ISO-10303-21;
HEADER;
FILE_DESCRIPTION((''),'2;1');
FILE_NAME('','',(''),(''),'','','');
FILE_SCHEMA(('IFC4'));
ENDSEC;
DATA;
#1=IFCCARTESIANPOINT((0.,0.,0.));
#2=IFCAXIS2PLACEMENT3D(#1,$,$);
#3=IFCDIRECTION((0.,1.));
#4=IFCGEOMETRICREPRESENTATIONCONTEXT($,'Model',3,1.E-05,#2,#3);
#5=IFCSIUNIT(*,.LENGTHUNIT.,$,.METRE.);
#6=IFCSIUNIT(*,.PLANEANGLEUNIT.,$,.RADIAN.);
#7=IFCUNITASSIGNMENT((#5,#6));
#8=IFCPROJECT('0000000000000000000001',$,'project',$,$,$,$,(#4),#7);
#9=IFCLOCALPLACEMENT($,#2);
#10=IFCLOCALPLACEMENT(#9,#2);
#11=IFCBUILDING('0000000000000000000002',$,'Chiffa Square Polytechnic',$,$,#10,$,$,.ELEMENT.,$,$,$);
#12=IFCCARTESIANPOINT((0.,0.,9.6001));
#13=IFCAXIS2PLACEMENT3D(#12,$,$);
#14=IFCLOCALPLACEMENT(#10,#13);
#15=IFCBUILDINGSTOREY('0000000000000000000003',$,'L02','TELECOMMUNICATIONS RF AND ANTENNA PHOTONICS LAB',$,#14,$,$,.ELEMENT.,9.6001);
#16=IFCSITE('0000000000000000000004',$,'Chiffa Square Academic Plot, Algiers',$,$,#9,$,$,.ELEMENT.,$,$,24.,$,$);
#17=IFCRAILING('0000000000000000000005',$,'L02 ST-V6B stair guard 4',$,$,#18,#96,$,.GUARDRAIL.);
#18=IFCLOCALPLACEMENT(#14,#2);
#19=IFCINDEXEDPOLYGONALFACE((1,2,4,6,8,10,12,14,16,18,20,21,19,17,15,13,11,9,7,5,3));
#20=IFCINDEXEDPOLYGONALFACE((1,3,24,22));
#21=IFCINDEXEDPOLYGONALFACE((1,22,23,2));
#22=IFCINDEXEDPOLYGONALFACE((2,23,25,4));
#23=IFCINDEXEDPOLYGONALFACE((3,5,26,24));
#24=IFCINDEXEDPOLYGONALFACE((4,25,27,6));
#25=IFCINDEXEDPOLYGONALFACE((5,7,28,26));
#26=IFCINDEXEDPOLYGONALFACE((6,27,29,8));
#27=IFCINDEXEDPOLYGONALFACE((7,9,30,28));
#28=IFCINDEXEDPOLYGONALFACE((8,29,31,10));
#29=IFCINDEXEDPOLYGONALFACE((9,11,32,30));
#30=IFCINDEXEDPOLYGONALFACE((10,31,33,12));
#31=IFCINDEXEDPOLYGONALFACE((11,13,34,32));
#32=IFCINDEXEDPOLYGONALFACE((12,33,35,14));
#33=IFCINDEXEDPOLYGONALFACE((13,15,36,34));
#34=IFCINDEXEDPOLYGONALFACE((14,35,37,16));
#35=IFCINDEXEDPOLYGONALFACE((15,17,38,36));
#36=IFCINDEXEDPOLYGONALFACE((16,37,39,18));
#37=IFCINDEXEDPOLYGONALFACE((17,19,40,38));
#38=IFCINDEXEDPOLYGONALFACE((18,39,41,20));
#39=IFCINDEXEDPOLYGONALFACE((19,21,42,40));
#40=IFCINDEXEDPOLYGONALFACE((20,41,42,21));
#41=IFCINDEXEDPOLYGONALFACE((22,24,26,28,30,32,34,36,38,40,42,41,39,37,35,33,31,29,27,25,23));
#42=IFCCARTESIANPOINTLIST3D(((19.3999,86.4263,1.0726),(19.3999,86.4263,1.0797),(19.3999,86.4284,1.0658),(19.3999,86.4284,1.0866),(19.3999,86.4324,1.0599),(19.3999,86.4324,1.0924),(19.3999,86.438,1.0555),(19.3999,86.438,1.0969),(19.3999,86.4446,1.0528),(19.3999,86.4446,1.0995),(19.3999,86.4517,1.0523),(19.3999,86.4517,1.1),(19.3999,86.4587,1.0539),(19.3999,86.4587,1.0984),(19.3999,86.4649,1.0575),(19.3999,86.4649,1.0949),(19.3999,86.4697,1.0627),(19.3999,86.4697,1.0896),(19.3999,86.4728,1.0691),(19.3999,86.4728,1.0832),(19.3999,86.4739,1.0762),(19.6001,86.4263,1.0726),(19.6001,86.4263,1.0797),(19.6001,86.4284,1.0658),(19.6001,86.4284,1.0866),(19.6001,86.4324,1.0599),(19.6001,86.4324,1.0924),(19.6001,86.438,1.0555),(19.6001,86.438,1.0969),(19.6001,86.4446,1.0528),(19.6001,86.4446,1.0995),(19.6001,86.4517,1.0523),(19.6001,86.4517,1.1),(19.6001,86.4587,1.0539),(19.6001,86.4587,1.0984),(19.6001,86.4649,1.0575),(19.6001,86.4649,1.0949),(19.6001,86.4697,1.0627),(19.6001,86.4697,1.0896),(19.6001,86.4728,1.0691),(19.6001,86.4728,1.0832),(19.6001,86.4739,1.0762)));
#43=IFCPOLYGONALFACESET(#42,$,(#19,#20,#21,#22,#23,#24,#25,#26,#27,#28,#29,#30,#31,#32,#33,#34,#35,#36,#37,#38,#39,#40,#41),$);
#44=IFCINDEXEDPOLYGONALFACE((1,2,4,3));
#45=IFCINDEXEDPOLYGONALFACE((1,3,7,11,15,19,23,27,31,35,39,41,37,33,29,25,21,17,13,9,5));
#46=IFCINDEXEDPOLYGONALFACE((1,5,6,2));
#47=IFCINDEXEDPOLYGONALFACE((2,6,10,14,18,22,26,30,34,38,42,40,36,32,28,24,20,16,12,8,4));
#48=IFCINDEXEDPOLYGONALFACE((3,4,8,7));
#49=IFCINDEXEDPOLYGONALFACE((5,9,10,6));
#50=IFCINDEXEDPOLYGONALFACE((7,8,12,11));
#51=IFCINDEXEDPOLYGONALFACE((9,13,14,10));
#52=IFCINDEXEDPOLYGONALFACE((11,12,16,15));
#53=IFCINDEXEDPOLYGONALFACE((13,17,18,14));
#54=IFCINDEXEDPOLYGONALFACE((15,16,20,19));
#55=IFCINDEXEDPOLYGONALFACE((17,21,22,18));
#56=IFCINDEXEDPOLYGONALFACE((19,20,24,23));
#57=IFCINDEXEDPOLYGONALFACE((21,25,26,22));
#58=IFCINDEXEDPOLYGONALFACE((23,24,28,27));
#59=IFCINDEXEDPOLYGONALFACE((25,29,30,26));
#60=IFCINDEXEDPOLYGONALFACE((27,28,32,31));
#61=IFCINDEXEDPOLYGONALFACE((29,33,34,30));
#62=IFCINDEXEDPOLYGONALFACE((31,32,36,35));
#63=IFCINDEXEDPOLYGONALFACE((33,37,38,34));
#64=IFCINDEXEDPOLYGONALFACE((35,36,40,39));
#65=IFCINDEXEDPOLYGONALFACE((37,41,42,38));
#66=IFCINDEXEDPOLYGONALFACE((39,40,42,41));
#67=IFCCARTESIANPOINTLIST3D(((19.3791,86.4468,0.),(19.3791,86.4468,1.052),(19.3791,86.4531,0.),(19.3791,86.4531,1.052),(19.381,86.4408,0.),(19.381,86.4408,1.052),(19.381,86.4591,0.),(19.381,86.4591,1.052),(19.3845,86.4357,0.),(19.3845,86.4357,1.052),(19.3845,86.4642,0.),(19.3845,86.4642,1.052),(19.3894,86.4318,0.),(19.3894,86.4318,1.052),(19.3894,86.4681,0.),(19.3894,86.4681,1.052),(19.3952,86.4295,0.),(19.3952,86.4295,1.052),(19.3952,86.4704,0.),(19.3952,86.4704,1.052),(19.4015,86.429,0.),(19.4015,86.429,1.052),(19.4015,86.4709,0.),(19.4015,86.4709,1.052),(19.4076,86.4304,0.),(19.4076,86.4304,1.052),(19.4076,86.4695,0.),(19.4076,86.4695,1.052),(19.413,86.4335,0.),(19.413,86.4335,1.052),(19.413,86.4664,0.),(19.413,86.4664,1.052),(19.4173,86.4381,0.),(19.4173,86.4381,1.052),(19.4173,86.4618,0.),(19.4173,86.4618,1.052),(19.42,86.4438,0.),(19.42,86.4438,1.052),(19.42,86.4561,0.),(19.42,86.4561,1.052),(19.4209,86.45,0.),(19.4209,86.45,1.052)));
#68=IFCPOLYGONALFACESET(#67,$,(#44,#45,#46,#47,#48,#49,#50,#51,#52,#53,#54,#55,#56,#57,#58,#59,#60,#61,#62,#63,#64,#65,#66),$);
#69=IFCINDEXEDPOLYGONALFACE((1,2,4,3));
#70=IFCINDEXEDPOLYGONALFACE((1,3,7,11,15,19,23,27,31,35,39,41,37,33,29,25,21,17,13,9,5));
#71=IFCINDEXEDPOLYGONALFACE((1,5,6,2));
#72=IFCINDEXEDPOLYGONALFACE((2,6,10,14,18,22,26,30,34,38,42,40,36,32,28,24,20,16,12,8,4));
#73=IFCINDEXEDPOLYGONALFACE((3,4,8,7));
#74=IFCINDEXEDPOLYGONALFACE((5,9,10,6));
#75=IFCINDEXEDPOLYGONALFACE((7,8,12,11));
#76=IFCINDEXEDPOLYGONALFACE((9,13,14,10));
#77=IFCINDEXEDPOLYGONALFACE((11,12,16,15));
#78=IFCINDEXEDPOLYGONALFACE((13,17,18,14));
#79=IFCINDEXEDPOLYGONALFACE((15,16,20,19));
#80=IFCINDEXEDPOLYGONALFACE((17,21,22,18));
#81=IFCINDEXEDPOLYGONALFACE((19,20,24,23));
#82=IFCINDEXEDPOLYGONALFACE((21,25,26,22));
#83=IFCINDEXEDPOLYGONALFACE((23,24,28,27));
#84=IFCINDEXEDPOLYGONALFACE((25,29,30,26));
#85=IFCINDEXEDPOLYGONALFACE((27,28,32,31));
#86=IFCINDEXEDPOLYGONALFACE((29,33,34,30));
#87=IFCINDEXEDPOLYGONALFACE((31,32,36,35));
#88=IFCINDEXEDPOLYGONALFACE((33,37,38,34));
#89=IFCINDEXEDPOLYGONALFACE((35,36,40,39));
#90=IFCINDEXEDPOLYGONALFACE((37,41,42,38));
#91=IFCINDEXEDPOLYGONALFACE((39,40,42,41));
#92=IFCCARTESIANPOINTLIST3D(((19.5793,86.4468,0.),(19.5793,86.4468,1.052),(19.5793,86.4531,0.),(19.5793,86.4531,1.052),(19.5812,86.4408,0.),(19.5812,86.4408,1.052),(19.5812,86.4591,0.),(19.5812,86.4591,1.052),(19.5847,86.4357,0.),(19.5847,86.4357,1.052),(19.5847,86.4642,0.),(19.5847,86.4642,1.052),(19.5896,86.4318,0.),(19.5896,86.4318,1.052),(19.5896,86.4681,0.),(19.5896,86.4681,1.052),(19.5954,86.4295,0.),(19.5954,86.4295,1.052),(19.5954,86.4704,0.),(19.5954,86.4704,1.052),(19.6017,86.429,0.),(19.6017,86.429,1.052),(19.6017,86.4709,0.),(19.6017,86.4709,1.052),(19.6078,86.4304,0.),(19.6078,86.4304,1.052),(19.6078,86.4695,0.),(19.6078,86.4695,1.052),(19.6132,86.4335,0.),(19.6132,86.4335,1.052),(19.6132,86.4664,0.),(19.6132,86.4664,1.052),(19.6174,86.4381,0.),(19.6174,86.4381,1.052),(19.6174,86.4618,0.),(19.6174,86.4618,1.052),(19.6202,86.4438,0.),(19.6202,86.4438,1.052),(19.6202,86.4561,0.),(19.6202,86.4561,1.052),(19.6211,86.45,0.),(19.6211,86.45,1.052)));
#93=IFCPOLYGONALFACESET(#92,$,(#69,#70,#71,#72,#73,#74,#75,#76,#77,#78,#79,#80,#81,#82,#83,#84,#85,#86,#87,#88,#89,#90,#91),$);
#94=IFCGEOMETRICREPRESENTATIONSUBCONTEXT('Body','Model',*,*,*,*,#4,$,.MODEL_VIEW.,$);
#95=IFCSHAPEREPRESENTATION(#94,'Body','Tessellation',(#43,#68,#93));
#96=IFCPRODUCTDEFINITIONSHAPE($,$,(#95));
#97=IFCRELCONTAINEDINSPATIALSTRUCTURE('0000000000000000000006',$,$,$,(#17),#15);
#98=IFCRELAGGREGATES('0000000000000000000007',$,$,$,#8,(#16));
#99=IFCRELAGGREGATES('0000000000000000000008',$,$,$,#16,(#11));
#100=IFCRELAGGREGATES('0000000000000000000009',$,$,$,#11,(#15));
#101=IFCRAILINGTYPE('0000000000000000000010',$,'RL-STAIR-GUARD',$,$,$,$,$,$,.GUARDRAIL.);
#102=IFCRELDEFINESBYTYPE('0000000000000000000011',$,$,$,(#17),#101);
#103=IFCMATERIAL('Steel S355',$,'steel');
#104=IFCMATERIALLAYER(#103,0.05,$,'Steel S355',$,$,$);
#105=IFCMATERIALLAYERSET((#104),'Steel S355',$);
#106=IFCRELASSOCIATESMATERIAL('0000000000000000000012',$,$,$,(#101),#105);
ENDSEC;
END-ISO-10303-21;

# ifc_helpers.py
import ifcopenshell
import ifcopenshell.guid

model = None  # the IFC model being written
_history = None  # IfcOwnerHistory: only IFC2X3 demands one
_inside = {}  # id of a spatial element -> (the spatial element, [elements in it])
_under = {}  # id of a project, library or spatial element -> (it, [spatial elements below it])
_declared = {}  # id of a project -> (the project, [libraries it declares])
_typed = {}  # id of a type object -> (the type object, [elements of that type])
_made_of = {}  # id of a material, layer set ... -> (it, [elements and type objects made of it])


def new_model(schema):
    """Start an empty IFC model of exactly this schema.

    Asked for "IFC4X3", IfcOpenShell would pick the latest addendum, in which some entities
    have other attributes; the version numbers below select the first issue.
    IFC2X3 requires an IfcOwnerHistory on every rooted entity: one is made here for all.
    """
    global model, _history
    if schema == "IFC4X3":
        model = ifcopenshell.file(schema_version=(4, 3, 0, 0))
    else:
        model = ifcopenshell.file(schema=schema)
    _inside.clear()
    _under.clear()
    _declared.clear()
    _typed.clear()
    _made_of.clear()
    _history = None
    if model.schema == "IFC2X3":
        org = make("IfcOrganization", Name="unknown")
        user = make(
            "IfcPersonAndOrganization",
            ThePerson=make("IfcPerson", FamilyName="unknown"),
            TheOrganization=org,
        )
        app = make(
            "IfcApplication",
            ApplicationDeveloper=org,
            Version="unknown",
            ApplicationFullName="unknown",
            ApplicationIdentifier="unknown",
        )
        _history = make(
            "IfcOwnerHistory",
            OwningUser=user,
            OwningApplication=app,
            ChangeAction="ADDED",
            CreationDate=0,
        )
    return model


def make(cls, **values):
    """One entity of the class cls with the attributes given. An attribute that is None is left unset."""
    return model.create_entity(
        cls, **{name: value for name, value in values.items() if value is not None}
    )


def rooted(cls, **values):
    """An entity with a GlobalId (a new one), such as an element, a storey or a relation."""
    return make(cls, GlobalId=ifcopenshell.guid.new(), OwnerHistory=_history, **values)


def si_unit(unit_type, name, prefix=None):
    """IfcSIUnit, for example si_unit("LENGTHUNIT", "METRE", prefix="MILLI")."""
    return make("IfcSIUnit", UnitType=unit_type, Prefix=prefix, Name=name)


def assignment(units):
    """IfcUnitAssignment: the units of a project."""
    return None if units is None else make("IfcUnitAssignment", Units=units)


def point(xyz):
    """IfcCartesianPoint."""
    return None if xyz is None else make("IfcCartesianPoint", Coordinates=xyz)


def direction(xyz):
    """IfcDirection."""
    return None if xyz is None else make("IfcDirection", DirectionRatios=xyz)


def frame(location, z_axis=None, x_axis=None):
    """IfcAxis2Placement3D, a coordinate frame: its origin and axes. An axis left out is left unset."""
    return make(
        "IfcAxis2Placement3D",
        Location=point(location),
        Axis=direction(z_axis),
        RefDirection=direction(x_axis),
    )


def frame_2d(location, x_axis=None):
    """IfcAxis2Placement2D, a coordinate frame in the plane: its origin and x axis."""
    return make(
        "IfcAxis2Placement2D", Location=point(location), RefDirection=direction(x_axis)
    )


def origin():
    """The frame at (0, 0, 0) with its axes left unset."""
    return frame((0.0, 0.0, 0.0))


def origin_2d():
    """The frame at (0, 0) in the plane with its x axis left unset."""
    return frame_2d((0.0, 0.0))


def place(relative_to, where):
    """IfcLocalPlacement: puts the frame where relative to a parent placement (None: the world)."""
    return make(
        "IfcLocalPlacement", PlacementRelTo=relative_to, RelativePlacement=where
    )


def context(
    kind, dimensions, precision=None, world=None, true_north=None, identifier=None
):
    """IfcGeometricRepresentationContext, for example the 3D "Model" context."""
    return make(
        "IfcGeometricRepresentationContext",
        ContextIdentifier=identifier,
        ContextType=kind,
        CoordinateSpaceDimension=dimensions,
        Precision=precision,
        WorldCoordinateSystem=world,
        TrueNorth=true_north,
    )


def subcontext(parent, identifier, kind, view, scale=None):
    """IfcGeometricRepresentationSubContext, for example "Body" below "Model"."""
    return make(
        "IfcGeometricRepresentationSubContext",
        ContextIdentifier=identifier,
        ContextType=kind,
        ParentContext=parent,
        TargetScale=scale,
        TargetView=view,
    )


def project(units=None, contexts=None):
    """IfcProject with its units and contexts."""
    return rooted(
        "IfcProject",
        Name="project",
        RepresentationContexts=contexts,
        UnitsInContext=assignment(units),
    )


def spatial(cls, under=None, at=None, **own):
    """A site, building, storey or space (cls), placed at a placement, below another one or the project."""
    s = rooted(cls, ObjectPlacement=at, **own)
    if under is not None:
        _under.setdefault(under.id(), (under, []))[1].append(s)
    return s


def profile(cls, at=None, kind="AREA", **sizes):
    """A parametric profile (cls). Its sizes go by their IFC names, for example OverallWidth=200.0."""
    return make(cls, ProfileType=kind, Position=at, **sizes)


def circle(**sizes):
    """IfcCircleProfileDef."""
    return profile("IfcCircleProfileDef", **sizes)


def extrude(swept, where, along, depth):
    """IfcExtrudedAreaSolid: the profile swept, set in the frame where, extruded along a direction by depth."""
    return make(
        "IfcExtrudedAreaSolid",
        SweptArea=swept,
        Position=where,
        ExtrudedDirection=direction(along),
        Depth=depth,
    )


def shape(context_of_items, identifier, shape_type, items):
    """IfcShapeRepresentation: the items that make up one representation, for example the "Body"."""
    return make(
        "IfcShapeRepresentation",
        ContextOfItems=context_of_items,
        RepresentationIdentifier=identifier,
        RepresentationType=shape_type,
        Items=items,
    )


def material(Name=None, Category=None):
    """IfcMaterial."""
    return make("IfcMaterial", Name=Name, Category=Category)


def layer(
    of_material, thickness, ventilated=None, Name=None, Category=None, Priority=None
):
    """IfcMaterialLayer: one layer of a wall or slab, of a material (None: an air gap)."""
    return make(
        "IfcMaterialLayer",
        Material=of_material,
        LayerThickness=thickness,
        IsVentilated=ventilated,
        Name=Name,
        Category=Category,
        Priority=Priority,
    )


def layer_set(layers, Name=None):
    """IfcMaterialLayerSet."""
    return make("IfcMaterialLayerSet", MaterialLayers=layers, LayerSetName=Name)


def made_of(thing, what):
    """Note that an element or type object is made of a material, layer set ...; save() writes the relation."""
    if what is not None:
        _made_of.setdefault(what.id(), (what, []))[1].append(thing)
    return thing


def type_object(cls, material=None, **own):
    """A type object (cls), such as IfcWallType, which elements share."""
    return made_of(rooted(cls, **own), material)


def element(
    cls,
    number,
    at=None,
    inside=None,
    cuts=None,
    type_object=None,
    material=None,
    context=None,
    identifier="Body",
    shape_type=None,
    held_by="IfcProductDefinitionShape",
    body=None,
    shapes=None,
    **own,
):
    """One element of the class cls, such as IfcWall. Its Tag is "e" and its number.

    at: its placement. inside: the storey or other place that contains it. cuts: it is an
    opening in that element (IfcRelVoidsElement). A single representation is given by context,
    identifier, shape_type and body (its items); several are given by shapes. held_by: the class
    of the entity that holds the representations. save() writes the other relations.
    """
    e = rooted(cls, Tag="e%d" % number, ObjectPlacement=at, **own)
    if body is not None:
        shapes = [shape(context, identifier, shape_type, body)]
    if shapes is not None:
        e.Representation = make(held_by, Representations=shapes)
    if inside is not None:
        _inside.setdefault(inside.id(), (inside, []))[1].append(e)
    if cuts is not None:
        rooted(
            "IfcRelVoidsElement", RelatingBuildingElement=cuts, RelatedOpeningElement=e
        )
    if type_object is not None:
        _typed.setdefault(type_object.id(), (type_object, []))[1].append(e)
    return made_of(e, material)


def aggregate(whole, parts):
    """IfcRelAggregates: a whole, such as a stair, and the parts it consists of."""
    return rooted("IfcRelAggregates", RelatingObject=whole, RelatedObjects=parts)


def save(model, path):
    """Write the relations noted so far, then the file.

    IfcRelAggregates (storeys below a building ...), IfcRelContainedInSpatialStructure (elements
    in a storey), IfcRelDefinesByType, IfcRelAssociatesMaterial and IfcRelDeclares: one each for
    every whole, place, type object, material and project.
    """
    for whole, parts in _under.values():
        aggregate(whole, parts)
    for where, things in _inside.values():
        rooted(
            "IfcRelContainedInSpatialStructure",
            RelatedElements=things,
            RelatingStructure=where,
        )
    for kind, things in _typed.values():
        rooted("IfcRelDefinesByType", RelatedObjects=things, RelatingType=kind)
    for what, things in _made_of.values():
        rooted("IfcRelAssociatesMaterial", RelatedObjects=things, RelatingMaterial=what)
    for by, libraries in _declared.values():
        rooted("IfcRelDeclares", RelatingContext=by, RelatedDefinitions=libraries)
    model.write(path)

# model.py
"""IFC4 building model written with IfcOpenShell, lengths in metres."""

from ifc_helpers import new_model, si_unit, direction, frame, origin, origin_2d, place, context, subcontext, project, spatial, circle, extrude, material, layer, layer_set, type_object, element, save


model = new_model("IFC4")

# Units and contexts
model_context = context("Model", 3, precision=1e-05, world=origin(), true_north=direction((0.0, 1.0)))
body_context = subcontext(model_context, "Body", "Model", "MODEL_VIEW")
ifc_project = project(units=[si_unit("LENGTHUNIT", "METRE"), si_unit("PLANEANGLEUNIT", "RADIAN")], contexts=[model_context])

# Site, building, storey
site_placement = place(None, origin())
site = spatial("IfcSite", under=ifc_project, at=site_placement, Name="Chiffa Square Academic Plot, Algiers", CompositionType="ELEMENT", RefElevation=24.0)
building_placement = place(site_placement, origin())
building = spatial("IfcBuilding", under=site, at=building_placement, Name="Chiffa Square Polytechnic", CompositionType="ELEMENT")
storey_placement = place(building_placement, frame((0.0, 0.0, 9.6001)))
storey = spatial("IfcBuildingStorey", under=building, at=storey_placement, Name="L02", Description="TELECOMMUNICATIONS RF AND ANTENNA PHOTONICS LAB", CompositionType="ELEMENT", Elevation=9.6001)

# Railing
ifc_material_1 = material(Name="Steel S355", Category="steel")
ifc_layer_1 = layer(ifc_material_1, 0.05, Name="Steel S355")
ifc_layer_set_1 = layer_set([ifc_layer_1], Name="Steel S355")
railing_type = type_object("IfcRailingType", Name="RL-STAIR-GUARD", PredefinedType="GUARDRAIL", material=ifc_layer_set_1)
railing_placement = place(storey_placement, frame((19.3999, 86.45, 0.0)))
element("IfcRailing", 1, at=railing_placement, inside=storey, type_object=railing_type, Name="L02 ST-V6B stair guard 4", PredefinedType="GUARDRAIL", context=body_context, shape_type="SweptSolid", body=[
    extrude(circle(Radius=0.0239, at=origin_2d()), frame((0.0, 0.0, 1.0762), z_axis=(1.0, 0.0, 0.0), x_axis=(0.0, 1.0, 0.0)), (0.0, 0.0, 1.0), 0.2002),
    extrude(circle(Radius=0.021, at=origin_2d()), origin(), (0.0, 0.0, 1.0), 1.052),
    extrude(circle(Radius=0.021, at=origin_2d()), frame((0.2002, 0.0, 0.0)), (0.0, 0.0, 1.0), 1.052),
])

save(model, "model.ifc")
